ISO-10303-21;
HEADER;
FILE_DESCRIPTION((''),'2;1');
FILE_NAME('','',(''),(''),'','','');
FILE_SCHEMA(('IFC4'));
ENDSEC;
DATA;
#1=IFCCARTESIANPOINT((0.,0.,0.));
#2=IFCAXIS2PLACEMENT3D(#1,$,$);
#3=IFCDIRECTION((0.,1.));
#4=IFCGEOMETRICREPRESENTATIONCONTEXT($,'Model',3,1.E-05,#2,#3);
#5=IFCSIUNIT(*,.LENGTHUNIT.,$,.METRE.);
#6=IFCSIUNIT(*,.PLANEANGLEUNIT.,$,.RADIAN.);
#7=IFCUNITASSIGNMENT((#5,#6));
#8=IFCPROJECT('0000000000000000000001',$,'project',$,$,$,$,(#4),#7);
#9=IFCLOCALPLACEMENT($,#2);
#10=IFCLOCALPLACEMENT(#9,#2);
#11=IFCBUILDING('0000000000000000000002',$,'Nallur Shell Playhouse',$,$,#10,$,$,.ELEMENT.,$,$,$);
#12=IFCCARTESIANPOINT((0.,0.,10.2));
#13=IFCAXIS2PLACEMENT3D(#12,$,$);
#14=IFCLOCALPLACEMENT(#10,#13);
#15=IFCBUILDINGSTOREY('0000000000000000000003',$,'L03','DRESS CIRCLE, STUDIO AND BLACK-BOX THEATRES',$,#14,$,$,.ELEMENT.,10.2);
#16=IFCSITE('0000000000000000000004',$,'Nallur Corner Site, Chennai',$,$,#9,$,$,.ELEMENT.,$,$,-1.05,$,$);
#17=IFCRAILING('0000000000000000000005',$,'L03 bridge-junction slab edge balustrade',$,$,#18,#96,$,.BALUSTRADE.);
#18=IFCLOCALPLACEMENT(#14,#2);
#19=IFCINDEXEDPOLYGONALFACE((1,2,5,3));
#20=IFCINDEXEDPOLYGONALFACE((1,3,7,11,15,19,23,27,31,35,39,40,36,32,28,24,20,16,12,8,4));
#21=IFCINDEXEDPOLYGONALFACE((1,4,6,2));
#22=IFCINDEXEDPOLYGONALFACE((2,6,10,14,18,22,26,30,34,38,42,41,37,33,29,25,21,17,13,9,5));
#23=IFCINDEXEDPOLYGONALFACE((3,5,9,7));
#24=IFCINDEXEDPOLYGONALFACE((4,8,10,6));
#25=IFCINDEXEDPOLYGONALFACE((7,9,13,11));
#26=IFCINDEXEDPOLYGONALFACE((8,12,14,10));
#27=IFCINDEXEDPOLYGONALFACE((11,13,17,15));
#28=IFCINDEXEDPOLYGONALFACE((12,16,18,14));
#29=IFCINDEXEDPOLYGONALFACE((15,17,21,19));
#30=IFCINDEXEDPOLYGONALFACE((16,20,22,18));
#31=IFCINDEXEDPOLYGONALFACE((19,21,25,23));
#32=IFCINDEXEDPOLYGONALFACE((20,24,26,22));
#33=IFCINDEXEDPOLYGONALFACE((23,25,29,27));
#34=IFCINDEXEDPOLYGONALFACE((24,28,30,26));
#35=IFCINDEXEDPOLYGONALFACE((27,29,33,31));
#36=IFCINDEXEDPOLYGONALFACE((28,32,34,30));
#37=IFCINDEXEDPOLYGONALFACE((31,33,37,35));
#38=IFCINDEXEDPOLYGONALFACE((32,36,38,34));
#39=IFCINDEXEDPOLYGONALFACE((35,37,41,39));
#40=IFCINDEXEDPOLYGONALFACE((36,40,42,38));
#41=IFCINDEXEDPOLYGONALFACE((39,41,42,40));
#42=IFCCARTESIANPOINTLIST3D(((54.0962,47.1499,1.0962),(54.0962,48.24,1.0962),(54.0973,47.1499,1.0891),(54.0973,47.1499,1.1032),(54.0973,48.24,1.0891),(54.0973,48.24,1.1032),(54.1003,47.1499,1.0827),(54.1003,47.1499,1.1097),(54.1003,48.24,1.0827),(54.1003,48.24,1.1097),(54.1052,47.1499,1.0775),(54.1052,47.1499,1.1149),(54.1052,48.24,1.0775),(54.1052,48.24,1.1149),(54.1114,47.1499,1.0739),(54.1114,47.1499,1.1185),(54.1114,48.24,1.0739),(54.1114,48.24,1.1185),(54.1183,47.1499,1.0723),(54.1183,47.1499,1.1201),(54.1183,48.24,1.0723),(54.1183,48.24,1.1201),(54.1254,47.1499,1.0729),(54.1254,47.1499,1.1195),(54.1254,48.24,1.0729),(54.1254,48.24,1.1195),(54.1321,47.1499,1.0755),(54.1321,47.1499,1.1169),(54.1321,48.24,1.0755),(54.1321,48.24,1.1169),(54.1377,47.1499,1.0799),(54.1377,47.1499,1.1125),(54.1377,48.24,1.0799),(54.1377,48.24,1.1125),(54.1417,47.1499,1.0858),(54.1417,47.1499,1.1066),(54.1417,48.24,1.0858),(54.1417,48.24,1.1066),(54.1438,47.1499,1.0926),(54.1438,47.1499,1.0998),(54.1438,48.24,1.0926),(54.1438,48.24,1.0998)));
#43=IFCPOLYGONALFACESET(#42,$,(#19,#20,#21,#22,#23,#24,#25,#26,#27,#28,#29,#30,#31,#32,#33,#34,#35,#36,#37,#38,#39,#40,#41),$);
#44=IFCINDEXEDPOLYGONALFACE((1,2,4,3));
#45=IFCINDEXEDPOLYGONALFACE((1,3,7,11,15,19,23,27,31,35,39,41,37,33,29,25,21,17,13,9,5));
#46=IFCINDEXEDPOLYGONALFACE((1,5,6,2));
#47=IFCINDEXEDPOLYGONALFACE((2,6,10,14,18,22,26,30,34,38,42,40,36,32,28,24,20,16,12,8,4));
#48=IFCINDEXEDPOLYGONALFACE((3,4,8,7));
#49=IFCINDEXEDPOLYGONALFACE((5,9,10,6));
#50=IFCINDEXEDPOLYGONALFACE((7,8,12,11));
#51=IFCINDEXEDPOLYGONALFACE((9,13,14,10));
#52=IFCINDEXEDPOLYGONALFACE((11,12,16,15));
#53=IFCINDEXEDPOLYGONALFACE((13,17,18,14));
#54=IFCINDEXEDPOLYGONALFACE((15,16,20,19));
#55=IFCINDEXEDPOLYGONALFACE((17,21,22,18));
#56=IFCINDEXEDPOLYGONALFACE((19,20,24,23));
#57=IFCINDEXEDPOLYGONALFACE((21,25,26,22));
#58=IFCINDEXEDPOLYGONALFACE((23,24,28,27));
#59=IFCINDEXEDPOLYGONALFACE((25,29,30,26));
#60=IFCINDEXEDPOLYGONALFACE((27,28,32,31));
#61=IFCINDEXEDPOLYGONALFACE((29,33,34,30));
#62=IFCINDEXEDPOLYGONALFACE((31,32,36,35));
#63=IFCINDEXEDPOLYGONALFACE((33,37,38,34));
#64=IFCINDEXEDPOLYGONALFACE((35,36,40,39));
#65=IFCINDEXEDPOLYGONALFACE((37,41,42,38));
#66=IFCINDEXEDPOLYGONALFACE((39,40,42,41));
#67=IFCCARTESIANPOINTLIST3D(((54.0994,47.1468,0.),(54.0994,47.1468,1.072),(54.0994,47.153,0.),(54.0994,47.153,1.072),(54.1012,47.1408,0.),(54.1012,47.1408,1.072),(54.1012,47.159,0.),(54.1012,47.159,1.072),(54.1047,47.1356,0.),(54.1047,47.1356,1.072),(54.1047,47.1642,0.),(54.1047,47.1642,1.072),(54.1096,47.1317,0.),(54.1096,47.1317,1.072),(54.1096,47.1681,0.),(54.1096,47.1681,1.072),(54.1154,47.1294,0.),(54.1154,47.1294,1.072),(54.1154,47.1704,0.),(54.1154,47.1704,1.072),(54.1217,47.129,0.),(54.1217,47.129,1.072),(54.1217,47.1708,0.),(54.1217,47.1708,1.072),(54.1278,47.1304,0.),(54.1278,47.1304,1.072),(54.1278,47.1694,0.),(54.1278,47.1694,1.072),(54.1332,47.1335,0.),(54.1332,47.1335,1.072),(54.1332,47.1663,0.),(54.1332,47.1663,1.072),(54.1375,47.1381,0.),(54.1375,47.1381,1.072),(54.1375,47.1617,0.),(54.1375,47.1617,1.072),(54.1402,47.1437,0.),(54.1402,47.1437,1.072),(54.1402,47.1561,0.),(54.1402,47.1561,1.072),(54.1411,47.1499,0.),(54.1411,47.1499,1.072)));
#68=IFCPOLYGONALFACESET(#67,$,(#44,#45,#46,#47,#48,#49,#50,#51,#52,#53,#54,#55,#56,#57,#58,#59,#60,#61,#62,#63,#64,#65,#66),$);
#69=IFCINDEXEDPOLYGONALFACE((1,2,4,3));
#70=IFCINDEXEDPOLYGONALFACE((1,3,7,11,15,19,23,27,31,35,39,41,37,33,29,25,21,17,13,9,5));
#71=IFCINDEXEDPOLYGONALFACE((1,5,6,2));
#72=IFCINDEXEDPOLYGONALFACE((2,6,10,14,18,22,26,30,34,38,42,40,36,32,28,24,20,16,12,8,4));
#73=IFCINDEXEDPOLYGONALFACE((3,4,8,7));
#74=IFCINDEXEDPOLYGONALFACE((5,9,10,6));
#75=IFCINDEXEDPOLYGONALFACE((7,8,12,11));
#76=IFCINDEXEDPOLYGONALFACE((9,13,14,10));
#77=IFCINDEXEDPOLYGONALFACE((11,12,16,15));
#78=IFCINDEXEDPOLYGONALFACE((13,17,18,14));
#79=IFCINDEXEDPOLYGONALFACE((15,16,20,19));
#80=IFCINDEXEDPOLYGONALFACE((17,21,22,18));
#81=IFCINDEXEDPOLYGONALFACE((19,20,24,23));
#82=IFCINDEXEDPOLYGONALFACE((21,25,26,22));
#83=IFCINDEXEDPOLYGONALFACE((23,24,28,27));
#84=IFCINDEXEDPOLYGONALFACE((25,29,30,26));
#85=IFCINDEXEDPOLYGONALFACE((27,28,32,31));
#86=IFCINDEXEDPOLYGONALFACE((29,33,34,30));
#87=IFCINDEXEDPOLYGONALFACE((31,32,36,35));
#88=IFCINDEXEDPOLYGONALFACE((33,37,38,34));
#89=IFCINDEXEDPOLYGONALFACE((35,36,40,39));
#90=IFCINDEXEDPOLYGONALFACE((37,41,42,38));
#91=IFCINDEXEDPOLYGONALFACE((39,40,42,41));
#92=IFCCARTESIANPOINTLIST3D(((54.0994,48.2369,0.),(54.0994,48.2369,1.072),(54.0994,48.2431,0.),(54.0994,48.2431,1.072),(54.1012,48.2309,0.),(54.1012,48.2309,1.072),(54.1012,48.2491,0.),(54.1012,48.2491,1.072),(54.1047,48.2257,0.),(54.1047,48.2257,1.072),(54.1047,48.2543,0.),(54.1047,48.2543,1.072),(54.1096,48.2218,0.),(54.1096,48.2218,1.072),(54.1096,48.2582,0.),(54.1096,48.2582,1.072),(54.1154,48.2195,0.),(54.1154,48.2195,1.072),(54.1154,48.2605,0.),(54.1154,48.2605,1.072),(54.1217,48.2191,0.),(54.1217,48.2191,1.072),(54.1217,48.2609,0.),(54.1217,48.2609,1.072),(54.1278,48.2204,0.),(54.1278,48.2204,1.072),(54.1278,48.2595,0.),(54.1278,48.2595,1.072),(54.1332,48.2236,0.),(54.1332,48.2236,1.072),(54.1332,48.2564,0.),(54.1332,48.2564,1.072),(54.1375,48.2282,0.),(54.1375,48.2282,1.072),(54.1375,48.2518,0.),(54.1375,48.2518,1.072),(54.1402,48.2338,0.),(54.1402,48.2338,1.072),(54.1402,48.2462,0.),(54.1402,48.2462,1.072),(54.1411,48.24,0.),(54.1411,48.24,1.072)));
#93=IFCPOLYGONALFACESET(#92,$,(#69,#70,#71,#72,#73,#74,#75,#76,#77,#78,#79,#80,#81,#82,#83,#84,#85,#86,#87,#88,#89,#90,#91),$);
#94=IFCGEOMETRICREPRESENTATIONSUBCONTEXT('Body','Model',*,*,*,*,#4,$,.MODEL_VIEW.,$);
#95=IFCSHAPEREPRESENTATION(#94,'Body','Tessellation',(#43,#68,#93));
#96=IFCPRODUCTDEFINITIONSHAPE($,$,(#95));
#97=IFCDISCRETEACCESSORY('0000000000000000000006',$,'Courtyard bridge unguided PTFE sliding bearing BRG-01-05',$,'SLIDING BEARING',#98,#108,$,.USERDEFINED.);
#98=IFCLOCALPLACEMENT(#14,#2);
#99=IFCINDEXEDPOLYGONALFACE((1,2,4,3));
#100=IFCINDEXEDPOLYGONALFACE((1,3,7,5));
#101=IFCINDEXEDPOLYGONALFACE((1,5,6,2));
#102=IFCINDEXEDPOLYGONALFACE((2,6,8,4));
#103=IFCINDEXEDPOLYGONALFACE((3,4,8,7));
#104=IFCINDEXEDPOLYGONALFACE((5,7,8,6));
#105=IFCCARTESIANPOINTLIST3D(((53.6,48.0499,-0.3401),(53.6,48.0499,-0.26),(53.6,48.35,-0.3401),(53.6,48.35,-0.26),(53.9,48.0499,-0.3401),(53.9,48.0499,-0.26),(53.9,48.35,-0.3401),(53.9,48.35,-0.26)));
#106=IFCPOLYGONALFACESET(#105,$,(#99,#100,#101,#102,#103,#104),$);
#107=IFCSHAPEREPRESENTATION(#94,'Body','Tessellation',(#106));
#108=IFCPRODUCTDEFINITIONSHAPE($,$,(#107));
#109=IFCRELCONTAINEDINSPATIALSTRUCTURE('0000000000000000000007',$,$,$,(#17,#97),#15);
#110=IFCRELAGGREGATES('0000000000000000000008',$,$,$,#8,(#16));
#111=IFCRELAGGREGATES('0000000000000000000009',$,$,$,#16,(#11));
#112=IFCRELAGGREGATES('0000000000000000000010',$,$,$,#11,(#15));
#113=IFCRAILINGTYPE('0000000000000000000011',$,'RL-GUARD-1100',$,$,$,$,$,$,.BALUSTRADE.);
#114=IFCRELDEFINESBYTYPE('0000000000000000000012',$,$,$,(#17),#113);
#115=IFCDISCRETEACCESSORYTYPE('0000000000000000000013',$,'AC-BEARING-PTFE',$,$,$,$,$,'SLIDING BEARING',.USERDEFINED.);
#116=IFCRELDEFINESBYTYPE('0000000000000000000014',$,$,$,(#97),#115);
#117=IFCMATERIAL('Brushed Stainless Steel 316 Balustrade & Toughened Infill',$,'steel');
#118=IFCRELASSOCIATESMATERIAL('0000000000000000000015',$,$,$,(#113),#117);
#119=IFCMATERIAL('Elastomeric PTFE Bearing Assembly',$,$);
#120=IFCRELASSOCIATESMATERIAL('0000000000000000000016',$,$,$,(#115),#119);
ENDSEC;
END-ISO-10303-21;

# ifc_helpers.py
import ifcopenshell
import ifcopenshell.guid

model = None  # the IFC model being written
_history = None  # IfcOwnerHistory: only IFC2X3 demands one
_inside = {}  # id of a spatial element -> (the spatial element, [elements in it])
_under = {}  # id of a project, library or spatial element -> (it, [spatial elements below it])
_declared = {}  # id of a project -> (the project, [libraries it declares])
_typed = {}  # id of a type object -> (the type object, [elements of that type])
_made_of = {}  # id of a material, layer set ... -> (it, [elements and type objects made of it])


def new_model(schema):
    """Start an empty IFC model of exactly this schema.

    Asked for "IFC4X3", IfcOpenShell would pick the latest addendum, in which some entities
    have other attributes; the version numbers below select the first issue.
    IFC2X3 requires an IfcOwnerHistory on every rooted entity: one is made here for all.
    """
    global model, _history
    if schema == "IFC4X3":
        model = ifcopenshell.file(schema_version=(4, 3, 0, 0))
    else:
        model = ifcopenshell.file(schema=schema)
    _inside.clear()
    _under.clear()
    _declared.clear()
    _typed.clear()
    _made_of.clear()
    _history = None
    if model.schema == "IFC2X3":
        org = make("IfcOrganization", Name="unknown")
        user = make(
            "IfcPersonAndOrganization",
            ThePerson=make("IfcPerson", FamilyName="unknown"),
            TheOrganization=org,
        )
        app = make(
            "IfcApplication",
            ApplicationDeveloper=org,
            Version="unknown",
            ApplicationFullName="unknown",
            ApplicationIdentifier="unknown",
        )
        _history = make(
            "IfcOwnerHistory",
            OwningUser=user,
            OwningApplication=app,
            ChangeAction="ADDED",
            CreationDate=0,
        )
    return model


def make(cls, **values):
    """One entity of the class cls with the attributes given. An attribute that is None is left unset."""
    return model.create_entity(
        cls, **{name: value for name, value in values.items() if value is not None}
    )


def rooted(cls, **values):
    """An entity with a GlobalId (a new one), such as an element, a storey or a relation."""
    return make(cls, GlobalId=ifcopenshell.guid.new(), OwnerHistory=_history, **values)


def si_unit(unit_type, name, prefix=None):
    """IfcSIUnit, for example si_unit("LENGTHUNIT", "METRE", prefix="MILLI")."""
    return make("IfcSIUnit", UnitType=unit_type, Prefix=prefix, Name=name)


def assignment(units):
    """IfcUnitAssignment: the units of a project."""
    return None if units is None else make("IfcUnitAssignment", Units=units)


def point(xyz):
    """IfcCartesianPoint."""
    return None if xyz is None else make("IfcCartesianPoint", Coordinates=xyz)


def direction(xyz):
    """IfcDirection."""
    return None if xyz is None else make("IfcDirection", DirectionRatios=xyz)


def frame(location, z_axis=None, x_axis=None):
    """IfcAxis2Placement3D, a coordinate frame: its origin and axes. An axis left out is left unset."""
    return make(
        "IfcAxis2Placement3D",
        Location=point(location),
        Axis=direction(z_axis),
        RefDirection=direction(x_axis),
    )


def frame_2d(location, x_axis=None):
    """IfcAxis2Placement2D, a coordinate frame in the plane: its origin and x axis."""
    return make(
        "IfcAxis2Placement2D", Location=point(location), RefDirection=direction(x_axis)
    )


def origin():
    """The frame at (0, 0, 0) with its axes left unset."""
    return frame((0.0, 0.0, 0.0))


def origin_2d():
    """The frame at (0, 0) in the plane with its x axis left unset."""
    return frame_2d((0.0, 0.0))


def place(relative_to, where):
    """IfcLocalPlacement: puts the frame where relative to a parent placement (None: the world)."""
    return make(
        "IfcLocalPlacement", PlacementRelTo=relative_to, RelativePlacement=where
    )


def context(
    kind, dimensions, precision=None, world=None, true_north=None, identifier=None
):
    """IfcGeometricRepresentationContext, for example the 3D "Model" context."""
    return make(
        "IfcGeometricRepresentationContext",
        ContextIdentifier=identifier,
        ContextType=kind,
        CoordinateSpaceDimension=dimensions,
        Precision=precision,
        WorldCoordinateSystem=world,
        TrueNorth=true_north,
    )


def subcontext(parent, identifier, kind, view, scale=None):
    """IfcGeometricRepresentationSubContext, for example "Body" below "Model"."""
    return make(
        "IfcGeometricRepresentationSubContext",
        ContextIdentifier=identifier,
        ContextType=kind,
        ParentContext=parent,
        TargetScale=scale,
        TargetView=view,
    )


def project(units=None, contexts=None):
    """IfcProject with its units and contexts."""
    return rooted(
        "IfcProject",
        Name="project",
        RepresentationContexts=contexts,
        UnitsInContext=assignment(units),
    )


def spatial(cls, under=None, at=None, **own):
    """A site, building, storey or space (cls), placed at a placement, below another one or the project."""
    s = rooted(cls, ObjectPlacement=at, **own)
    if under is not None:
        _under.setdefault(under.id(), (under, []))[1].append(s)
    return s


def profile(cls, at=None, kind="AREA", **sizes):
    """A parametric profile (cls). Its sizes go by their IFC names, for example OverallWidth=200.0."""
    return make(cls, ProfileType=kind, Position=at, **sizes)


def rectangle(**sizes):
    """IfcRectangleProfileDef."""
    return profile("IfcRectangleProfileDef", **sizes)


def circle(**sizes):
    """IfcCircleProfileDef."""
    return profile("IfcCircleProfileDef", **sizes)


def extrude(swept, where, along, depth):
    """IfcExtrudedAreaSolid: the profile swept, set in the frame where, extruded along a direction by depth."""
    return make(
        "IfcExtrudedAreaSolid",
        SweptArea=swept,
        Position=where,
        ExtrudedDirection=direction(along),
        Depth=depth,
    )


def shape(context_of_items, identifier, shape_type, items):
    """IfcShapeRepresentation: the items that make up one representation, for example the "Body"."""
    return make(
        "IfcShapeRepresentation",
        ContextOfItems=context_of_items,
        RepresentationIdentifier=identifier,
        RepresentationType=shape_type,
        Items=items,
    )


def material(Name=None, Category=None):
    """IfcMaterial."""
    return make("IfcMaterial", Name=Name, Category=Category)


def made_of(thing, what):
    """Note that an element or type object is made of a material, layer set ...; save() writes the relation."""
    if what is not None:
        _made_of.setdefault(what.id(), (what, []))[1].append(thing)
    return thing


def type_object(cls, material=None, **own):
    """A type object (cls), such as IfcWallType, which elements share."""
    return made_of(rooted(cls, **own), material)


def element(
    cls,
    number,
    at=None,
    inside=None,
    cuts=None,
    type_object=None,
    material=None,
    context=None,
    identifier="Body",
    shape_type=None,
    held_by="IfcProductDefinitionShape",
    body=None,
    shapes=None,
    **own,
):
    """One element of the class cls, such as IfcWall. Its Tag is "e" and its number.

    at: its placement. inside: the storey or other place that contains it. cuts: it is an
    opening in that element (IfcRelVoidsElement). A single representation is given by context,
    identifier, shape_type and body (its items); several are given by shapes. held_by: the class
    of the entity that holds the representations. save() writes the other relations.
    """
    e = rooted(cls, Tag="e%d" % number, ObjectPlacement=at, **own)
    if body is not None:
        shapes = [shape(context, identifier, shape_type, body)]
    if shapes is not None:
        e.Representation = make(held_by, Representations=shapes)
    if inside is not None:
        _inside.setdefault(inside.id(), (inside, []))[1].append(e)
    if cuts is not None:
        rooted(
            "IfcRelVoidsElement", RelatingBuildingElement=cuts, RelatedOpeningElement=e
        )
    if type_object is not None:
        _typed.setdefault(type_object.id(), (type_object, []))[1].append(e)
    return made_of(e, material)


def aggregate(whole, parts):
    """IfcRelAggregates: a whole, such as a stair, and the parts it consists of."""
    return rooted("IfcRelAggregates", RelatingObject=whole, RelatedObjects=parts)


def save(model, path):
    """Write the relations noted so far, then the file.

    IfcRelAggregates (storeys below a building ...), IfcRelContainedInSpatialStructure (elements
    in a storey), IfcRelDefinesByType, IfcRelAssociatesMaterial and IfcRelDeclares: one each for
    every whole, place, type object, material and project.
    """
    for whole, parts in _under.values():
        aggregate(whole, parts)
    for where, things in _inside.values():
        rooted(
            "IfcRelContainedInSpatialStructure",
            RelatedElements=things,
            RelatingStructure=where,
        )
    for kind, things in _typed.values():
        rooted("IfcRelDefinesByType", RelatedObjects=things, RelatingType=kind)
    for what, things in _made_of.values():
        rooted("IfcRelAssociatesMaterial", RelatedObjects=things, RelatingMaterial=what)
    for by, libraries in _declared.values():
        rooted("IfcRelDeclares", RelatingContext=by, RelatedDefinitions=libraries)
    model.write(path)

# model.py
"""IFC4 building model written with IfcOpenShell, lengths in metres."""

from ifc_helpers import new_model, si_unit, direction, frame, origin, origin_2d, place, context, subcontext, project, spatial, rectangle, circle, extrude, material, type_object, element, save


model = new_model("IFC4")

# Units and contexts
model_context = context("Model", 3, precision=1e-05, world=origin(), true_north=direction((0.0, 1.0)))
body_context = subcontext(model_context, "Body", "Model", "MODEL_VIEW")
ifc_project = project(units=[si_unit("LENGTHUNIT", "METRE"), si_unit("PLANEANGLEUNIT", "RADIAN")], contexts=[model_context])

# Site, building, storey
site_placement = place(None, origin())
site = spatial("IfcSite", under=ifc_project, at=site_placement, Name="Nallur Corner Site, Chennai", CompositionType="ELEMENT", RefElevation=-1.05)
building_placement = place(site_placement, origin())
building = spatial("IfcBuilding", under=site, at=building_placement, Name="Nallur Shell Playhouse", CompositionType="ELEMENT")
storey_placement = place(building_placement, frame((0.0, 0.0, 10.2)))
storey = spatial("IfcBuildingStorey", under=building, at=storey_placement, Name="L03", Description="DRESS CIRCLE, STUDIO AND BLACK-BOX THEATRES", CompositionType="ELEMENT", Elevation=10.2)

# Railing
ifc_material_1 = material(Name="Brushed Stainless Steel 316 Balustrade & Toughened Infill", Category="steel")
railing_type = type_object("IfcRailingType", Name="RL-GUARD-1100", PredefinedType="BALUSTRADE", material=ifc_material_1)
railing_1_placement = place(storey_placement, frame((54.1201, 47.1499, 0.0)))
element("IfcRailing", 1, at=railing_1_placement, inside=storey, type_object=railing_type, Name="L03 bridge-junction slab edge balustrade", PredefinedType="BALUSTRADE", context=body_context, shape_type="SweptSolid", body=[
    extrude(circle(Radius=0.0239, at=origin_2d()), frame((0.0, 0.0, 1.0962), z_axis=(0.0, 1.0, 0.0), x_axis=(-1.0, 0.0, 0.0)), (0.0, 0.0, 1.0), 1.0901),
    extrude(circle(Radius=0.021, at=origin_2d()), origin(), (0.0, 0.0, 1.0), 1.072),
    extrude(circle(Radius=0.021, at=origin_2d()), frame((0.0, 1.0901, 0.0)), (0.0, 0.0, 1.0), 1.072),
])

# Discrete accessory
ifc_material_2 = material(Name="Elastomeric PTFE Bearing Assembly")
discrete_accessory_type = type_object("IfcDiscreteAccessoryType", Name="AC-BEARING-PTFE", ElementType="SLIDING BEARING", PredefinedType="USERDEFINED", material=ifc_material_2)
discrete_accessory_placement = place(storey_placement, frame((53.75, 48.2, -0.3401), z_axis=(0.0, 0.0, 1.0), x_axis=(1.0, 0.0, 0.0)))
element("IfcDiscreteAccessory", 2, at=discrete_accessory_placement, inside=storey, type_object=discrete_accessory_type, Name="Courtyard bridge unguided PTFE sliding bearing BRG-01-05", ObjectType="SLIDING BEARING", PredefinedType="USERDEFINED", context=body_context, shape_type="SweptSolid", body=[
    extrude(rectangle(XDim=0.3, YDim=0.3, at=origin_2d()), origin(), (0.0, 0.0, 1.0), 0.0801),
])

save(model, "model.ifc")
